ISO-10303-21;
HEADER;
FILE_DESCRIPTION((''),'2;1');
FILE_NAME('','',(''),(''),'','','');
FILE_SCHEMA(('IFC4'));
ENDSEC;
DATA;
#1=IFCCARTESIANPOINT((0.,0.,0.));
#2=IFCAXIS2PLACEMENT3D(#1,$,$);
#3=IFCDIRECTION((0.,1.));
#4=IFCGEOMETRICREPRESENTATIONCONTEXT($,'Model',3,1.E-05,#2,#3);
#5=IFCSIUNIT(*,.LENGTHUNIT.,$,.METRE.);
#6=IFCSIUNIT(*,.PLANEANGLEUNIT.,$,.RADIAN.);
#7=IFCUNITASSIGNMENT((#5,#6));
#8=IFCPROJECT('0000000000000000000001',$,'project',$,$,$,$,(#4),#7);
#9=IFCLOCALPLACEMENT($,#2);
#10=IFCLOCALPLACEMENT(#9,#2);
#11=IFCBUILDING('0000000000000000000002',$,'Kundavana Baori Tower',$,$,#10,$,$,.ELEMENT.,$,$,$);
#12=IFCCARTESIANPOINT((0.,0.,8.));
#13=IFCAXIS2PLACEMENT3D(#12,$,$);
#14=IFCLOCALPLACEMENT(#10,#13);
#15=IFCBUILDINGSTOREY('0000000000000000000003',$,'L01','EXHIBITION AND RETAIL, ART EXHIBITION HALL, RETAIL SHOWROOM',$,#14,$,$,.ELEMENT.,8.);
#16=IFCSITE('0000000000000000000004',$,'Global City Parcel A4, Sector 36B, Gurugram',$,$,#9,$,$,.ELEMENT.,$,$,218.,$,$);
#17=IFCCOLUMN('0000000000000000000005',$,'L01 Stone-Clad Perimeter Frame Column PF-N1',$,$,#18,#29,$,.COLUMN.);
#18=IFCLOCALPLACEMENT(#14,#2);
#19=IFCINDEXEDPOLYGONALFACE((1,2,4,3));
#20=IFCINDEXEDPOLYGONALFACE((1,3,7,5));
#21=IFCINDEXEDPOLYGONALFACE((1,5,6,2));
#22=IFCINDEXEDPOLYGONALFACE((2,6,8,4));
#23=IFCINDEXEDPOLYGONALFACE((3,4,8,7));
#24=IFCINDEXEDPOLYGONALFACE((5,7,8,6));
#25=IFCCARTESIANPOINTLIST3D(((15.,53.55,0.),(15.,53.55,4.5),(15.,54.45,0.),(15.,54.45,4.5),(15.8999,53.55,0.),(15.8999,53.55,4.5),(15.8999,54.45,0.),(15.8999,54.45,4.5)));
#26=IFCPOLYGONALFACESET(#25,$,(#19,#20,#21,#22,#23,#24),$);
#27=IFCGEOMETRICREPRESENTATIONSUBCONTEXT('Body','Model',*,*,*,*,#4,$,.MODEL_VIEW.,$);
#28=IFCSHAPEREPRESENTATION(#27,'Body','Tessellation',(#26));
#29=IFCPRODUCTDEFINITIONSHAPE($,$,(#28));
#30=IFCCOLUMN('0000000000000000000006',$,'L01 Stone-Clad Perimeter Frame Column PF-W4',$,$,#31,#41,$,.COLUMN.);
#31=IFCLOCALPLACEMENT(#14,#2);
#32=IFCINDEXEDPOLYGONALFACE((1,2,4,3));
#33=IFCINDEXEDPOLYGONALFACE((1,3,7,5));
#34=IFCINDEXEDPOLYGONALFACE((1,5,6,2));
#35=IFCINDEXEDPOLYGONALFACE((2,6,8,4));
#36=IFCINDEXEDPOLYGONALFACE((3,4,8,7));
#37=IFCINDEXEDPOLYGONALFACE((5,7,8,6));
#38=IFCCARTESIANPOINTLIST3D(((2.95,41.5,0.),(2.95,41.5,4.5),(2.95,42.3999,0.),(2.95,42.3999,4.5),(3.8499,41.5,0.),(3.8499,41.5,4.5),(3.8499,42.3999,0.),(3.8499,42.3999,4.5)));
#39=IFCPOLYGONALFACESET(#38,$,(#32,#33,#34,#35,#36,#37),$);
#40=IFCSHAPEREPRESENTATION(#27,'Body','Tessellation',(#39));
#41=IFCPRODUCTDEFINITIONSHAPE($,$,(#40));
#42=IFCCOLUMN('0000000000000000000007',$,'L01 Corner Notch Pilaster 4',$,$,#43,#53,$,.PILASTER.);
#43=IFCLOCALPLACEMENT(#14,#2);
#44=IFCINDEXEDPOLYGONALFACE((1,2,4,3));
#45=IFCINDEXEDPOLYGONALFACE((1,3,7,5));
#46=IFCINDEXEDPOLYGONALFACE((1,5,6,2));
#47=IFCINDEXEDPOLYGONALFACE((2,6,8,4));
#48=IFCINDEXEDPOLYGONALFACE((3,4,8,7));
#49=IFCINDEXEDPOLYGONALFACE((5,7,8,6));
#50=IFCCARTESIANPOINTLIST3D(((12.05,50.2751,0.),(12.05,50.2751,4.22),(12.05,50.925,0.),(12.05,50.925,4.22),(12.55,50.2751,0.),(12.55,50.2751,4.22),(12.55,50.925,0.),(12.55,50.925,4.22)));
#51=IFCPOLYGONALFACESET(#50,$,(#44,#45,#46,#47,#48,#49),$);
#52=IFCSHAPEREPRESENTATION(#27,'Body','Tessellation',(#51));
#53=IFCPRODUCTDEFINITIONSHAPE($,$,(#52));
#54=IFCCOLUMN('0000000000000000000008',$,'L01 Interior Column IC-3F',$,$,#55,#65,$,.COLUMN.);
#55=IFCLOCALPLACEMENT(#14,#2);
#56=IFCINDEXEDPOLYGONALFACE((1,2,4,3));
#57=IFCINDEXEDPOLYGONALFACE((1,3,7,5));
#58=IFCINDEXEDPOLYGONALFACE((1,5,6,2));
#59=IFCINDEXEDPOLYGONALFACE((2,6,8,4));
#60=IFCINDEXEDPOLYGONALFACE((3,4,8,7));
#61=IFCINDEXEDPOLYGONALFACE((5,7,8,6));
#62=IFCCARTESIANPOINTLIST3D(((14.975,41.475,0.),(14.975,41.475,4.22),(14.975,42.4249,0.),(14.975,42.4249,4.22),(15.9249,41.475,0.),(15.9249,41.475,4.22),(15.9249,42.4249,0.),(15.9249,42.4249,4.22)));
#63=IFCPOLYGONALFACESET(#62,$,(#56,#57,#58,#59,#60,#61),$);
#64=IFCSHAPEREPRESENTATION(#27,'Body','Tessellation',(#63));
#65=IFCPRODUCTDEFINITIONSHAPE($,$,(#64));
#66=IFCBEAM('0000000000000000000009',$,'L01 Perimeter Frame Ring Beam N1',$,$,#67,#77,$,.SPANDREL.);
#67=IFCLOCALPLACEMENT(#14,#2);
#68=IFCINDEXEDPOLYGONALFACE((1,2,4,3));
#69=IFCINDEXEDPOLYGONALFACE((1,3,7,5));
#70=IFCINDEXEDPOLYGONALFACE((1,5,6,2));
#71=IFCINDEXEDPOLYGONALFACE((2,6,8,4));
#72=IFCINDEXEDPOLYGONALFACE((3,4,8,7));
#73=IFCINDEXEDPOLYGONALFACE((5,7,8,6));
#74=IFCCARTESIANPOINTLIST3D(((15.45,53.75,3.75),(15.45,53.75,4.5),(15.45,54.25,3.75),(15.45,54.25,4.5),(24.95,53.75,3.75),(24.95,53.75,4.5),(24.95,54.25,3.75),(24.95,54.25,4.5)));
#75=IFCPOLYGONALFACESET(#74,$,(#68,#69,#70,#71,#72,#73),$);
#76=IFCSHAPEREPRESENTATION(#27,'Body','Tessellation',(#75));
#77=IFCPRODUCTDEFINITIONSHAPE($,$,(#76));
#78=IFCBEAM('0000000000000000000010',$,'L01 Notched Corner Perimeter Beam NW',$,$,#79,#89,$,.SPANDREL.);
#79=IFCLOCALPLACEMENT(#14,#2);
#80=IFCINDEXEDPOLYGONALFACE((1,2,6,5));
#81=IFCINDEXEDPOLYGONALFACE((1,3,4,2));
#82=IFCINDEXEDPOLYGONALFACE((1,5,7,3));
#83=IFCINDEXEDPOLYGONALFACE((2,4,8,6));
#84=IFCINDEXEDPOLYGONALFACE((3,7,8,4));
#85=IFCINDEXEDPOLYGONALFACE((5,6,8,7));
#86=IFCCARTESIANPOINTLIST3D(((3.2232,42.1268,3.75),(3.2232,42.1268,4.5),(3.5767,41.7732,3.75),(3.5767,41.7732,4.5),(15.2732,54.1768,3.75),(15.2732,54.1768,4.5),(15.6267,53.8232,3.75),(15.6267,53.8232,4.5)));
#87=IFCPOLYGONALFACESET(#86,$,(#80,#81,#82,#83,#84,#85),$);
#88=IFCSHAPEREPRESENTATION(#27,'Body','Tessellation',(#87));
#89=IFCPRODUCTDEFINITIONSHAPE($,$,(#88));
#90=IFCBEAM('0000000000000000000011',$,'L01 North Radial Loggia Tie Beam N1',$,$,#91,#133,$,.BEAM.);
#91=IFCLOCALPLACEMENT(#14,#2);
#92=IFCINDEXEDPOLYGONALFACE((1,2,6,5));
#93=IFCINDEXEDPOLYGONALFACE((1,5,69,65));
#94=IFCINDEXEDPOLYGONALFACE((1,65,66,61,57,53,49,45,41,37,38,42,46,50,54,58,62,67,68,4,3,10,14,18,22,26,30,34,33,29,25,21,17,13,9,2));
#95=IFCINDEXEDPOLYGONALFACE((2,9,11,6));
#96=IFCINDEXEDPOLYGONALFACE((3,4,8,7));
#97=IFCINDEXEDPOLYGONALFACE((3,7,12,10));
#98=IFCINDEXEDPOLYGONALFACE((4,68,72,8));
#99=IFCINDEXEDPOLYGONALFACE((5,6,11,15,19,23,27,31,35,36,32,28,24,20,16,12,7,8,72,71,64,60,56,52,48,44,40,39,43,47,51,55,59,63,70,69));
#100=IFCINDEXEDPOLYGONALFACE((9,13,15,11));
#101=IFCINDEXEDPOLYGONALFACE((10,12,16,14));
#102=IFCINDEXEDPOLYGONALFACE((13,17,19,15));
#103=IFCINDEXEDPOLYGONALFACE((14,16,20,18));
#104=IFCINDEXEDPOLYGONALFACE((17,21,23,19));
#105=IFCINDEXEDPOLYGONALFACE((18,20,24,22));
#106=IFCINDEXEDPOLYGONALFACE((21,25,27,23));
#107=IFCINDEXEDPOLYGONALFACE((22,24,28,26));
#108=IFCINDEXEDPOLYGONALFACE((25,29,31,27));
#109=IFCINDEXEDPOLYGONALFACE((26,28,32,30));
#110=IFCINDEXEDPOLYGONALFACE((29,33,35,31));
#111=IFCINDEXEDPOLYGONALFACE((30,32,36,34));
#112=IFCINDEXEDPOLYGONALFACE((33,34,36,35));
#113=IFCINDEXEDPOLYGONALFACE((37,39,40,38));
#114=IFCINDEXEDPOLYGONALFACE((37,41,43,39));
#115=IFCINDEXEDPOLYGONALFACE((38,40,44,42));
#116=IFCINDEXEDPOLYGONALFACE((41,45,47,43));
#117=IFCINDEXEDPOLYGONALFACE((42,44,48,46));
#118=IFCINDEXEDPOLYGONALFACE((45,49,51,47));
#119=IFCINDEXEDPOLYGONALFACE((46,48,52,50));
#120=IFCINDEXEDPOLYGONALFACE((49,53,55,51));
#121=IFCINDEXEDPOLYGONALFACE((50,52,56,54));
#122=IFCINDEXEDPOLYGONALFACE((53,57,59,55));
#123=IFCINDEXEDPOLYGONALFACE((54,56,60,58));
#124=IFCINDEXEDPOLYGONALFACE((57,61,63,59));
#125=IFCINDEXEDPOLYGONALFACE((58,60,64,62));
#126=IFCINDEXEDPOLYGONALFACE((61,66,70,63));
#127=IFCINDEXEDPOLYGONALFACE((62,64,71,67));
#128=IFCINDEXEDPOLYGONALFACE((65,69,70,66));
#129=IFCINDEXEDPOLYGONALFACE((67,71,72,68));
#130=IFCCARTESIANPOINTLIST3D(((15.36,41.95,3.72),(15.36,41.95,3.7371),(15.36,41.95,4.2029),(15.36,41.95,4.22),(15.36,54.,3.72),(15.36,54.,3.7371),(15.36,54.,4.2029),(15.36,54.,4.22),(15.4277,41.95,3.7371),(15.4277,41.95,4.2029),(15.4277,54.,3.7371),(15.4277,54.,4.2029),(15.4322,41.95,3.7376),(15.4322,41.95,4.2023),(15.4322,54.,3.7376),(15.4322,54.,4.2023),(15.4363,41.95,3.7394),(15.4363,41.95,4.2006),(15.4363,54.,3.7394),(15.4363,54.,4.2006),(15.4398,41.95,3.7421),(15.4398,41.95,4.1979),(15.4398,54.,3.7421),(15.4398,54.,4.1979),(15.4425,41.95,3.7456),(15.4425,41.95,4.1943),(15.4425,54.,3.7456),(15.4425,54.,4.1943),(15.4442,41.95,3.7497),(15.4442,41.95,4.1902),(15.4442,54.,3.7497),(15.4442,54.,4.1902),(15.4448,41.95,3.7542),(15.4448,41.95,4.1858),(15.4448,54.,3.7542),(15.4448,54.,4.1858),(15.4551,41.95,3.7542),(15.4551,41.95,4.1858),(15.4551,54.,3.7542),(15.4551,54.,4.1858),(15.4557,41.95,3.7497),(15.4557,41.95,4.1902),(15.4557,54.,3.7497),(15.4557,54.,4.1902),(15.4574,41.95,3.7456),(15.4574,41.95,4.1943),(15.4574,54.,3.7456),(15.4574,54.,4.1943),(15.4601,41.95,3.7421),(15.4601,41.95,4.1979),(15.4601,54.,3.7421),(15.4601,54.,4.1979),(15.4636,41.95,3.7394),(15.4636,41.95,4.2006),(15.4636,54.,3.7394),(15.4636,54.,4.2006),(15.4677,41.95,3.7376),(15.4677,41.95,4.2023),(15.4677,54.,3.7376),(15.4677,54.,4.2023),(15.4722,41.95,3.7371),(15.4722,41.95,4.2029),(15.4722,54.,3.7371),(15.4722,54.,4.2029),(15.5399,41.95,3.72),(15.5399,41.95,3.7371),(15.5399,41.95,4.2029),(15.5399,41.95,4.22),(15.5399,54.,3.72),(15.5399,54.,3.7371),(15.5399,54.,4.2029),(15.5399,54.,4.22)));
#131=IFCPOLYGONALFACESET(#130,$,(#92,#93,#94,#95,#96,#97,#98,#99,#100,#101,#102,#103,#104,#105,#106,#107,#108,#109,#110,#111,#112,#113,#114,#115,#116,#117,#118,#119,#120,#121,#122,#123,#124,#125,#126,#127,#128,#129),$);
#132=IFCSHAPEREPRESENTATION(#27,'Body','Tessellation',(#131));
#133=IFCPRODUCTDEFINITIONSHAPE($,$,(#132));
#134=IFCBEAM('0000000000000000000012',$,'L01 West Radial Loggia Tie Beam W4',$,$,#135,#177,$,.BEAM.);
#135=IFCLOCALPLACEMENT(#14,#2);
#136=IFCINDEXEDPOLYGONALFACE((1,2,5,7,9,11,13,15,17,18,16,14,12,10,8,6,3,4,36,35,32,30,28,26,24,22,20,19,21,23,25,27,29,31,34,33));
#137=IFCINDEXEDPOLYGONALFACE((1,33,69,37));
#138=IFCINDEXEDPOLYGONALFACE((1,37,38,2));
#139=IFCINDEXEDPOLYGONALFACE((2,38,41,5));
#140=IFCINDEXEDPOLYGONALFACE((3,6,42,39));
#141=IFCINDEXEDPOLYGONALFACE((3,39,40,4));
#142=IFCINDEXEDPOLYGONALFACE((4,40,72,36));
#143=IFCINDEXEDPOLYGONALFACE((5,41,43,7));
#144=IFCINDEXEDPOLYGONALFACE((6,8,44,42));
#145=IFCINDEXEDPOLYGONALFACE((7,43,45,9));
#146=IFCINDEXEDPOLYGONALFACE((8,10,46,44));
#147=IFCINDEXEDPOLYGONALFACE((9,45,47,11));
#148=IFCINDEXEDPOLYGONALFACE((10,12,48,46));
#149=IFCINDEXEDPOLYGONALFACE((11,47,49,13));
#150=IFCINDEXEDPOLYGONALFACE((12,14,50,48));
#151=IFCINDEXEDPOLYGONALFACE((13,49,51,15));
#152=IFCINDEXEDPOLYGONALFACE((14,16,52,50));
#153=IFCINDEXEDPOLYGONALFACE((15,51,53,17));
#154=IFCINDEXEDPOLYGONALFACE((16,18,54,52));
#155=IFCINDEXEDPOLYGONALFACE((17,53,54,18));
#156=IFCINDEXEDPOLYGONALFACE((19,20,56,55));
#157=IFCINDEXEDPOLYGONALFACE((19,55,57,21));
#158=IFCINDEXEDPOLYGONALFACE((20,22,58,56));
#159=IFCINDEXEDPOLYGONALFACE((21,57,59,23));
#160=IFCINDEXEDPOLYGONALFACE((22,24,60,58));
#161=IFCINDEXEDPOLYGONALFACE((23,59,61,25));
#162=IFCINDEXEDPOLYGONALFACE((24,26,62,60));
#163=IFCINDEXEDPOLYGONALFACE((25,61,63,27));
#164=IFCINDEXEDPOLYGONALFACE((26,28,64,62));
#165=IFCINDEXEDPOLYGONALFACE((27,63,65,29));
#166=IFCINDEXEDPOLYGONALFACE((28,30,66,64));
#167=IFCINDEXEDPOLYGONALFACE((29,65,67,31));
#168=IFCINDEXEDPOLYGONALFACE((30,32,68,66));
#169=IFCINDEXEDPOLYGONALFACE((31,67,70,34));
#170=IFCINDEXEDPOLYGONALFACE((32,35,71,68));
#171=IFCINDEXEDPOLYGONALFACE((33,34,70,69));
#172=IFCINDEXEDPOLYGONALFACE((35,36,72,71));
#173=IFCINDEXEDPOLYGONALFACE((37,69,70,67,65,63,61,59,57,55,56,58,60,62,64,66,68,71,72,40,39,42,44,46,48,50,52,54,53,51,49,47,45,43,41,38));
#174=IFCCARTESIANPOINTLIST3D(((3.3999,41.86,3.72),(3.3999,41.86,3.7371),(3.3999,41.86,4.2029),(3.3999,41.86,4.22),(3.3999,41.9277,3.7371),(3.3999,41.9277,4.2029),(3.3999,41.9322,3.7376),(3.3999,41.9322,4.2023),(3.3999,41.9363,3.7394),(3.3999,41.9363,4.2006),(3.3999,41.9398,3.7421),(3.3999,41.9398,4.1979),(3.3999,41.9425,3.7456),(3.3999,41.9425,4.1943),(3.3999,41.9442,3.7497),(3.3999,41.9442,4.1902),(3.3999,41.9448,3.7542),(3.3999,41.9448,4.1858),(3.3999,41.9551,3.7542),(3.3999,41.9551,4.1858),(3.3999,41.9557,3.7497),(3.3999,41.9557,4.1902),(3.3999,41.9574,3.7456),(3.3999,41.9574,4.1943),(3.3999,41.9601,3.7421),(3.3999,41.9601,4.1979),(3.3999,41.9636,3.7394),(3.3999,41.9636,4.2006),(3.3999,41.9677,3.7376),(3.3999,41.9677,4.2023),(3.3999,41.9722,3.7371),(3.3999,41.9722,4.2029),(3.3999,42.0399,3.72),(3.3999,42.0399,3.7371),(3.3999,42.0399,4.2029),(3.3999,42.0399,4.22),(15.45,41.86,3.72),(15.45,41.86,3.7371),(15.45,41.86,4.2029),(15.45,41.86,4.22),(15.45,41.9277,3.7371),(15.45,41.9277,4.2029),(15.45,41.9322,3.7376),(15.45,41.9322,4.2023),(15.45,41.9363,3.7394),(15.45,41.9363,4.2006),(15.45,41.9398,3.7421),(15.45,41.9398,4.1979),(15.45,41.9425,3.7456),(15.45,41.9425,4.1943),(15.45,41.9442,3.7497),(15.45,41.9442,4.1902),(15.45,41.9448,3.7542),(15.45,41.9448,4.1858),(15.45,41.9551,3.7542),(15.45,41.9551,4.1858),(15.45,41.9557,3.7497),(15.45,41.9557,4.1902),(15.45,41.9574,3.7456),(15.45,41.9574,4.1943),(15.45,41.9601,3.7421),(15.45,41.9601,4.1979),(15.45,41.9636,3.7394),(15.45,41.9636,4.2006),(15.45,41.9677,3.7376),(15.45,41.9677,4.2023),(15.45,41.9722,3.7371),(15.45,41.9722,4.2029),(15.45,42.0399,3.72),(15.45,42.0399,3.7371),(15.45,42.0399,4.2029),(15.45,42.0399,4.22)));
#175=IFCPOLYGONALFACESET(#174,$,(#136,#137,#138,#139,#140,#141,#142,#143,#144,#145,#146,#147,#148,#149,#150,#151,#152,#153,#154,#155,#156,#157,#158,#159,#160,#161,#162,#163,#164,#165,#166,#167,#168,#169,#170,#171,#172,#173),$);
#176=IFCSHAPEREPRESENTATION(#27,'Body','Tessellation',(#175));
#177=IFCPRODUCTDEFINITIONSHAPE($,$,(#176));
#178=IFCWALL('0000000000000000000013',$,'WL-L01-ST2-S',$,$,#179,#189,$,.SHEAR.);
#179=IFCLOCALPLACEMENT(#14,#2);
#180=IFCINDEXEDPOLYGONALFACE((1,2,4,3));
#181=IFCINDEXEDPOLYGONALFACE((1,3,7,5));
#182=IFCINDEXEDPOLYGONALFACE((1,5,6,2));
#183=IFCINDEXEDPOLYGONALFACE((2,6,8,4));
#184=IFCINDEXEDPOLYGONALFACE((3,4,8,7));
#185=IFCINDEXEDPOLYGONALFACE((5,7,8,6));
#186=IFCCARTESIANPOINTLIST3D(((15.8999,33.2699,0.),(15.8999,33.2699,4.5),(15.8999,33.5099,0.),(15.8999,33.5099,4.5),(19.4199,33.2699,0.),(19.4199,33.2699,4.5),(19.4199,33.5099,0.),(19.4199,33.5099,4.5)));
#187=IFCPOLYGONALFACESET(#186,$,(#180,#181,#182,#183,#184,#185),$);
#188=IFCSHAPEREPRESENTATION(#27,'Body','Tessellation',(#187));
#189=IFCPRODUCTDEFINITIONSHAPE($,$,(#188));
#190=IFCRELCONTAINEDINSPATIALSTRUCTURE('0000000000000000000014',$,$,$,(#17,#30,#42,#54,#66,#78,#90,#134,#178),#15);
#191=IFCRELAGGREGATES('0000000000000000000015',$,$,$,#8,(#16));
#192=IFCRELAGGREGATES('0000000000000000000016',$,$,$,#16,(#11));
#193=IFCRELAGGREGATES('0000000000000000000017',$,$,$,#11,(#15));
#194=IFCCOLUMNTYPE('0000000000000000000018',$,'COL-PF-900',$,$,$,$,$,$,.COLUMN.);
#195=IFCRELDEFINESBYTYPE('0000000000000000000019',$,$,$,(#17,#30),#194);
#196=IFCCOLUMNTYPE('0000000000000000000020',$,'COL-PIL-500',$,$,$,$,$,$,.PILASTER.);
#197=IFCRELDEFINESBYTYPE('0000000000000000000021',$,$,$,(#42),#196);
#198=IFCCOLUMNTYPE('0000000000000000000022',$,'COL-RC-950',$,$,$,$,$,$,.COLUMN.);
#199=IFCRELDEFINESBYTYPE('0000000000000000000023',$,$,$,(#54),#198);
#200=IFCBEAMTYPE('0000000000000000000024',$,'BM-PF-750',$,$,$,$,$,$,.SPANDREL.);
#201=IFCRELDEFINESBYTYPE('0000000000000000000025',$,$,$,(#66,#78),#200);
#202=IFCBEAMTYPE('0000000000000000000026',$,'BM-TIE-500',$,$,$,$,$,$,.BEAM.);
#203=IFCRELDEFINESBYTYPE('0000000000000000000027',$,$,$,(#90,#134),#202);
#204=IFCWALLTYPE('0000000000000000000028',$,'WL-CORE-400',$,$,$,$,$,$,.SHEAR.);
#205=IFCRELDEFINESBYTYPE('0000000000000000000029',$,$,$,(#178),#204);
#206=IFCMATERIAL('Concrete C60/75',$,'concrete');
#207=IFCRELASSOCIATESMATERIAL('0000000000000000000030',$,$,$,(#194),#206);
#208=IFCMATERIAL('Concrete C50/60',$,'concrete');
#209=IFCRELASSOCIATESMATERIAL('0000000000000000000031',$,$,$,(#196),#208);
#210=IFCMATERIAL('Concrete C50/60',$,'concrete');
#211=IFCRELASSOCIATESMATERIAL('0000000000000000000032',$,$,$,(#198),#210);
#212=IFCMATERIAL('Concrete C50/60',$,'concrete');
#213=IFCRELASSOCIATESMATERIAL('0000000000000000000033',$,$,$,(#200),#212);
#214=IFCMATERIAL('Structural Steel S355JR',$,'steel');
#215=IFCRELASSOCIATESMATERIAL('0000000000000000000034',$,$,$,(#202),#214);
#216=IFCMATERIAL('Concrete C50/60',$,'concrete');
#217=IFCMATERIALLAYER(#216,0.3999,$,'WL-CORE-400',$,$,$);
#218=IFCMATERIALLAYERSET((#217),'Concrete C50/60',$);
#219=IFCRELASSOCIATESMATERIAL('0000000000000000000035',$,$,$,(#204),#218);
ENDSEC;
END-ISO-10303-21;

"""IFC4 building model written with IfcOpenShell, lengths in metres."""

from ifc_helpers import new_model, si_unit, direction, frame, frame_2d, origin, origin_2d, place, context, subcontext, project, spatial, rectangle, i_section, extrude, material, layer, layer_set, material_profile, profile_set, type_object, element, save


model = new_model("IFC4")

# Units and contexts
model_context = context("Model", 3, precision=1e-05, world=origin(), true_north=direction((0.0, 1.0)))
body_context = subcontext(model_context, "Body", "Model", "MODEL_VIEW")
ifc_project = project(units=[si_unit("LENGTHUNIT", "METRE"), si_unit("PLANEANGLEUNIT", "RADIAN")], contexts=[model_context])

# Site, building, storey
site_placement = place(None, origin())
site = spatial("IfcSite", under=ifc_project, at=site_placement, Name="Global City Parcel A4, Sector 36B, Gurugram", CompositionType="ELEMENT", RefElevation=218.0)
building_placement = place(site_placement, origin())
building = spatial("IfcBuilding", under=site, at=building_placement, Name="Kundavana Baori Tower", CompositionType="ELEMENT")
storey_placement = place(building_placement, frame((0.0, 0.0, 8.0)))
storey = spatial("IfcBuildingStorey", under=building, at=storey_placement, Name="L01", Description="EXHIBITION AND RETAIL, ART EXHIBITION HALL, RETAIL SHOWROOM", CompositionType="ELEMENT", Elevation=8.0)

# Columns
ifc_material_1 = material(Name="Concrete C60/75", Category="concrete")
ifc_material_profile_1 = material_profile(ifc_material_1, rectangle(XDim=0.8999, YDim=0.8999, at=origin_2d()), Name="RC PF 900x900")
ifc_profile_set_1 = profile_set([ifc_material_profile_1], Name="Concrete C60/75")
column_type_1 = type_object("IfcColumnType", Name="COL-PF-900", PredefinedType="COLUMN", material=ifc_profile_set_1)
for number, where, z_axis, x_axis, name in (
    (1, (15.45, 54.0, 0.0), (0.0, 0.0, 1.0), (1.0, 0.0, 0.0), "L01 Stone-Clad Perimeter Frame Column PF-N1"),
    (2, (3.3999, 41.95, 0.0), (0.0, 0.0, 1.0), (1.0, 0.0, 0.0), "L01 Stone-Clad Perimeter Frame Column PF-W4"),
):
    element("IfcColumn", number, at=place(storey_placement, frame(where, z_axis=z_axis, x_axis=x_axis)), inside=storey, type_object=column_type_1, Name=name, PredefinedType="COLUMN", context=body_context, shape_type="SweptSolid", body=[
        extrude(rectangle(XDim=0.8999, YDim=0.8999, at=origin_2d()), origin(), (0.0, 0.0, 1.0), 4.5),
    ])
ifc_material_2 = material(Name="Concrete C50/60", Category="concrete")
ifc_material_profile_2 = material_profile(ifc_material_2, rectangle(XDim=0.5, YDim=0.6499, at=origin_2d()), Name="RC PIL 500x650")
ifc_profile_set_2 = profile_set([ifc_material_profile_2], Name="Concrete C50/60")
column_type_2 = type_object("IfcColumnType", Name="COL-PIL-500", PredefinedType="PILASTER", material=ifc_profile_set_2)
column_1_placement = place(storey_placement, frame((12.3, 50.6001, 0.0), z_axis=(0.0, 0.0, 1.0), x_axis=(1.0, 0.0, 0.0)))
element("IfcColumn", 3, at=column_1_placement, inside=storey, type_object=column_type_2, Name="L01 Corner Notch Pilaster 4", PredefinedType="PILASTER", context=body_context, shape_type="SweptSolid", body=[
    extrude(rectangle(XDim=0.5, YDim=0.6499, at=origin_2d()), origin(), (0.0, 0.0, 1.0), 4.22),
])
ifc_material_3 = material(Name="Concrete C50/60", Category="concrete")
ifc_material_profile_3 = material_profile(ifc_material_3, rectangle(XDim=0.95, YDim=0.95, at=origin_2d()), Name="RC 950x950")
ifc_profile_set_3 = profile_set([ifc_material_profile_3], Name="Concrete C50/60")
column_type_3 = type_object("IfcColumnType", Name="COL-RC-950", PredefinedType="COLUMN", material=ifc_profile_set_3)
column_2_placement = place(storey_placement, frame((15.45, 41.95, 0.0), z_axis=(0.0, 0.0, 1.0), x_axis=(1.0, 0.0, 0.0)))
element("IfcColumn", 4, at=column_2_placement, inside=storey, type_object=column_type_3, Name="L01 Interior Column IC-3F", PredefinedType="COLUMN", context=body_context, shape_type="SweptSolid", body=[
    extrude(rectangle(XDim=0.95, YDim=0.95, at=origin_2d()), origin(), (0.0, 0.0, 1.0), 4.22),
])

# Beams
ifc_material_4 = material(Name="Concrete C50/60", Category="concrete")
ifc_material_profile_4 = material_profile(ifc_material_4, rectangle(XDim=0.5, YDim=0.75, at=origin_2d()), Name="RC BM 500x750")
ifc_profile_set_4 = profile_set([ifc_material_profile_4], Name="Concrete C50/60")
beam_type_1 = type_object("IfcBeamType", Name="BM-PF-750", PredefinedType="SPANDREL", material=ifc_profile_set_4)
beam_1_placement = place(storey_placement, frame((15.45, 54.0, 4.125), z_axis=(1.0, 0.0, 0.0), x_axis=(0.0, 1.0, 0.0)))
element("IfcBeam", 5, at=beam_1_placement, inside=storey, type_object=beam_type_1, Name="L01 Perimeter Frame Ring Beam N1", PredefinedType="SPANDREL", context=body_context, shape_type="SweptSolid", body=[
    extrude(rectangle(XDim=0.5, YDim=0.75, at=origin_2d()), origin(), (0.0, 0.0, 1.0), 9.5),
])
beam_2_placement = place(storey_placement, frame((15.45, 54.0, 4.125), z_axis=(-0.707107, -0.707107, 0.0), x_axis=(0.707107, -0.707107, 0.0)))
element("IfcBeam", 6, at=beam_2_placement, inside=storey, type_object=beam_type_1, Name="L01 Notched Corner Perimeter Beam NW", PredefinedType="SPANDREL", context=body_context, shape_type="SweptSolid", body=[
    extrude(rectangle(XDim=0.5, YDim=0.75, at=origin_2d()), origin(), (0.0, 0.0, 1.0), 17.0413),
])
ifc_material_5 = material(Name="Structural Steel S355JR", Category="steel")
ifc_material_profile_5 = material_profile(ifc_material_5, i_section(OverallWidth=0.1799, OverallDepth=0.5, WebThickness=0.0103, FlangeThickness=0.0171, FilletRadius=0.0171, at=origin_2d()), Name="ISMB 500")
ifc_profile_set_5 = profile_set([ifc_material_profile_5], Name="Structural Steel S355JR")
beam_type_2 = type_object("IfcBeamType", Name="BM-TIE-500", PredefinedType="BEAM", material=ifc_profile_set_5)
for number, where, z_axis, x_axis, name in (
    (7, (15.45, 41.95, 3.97), (0.0, 1.0, 0.0), (-1.0, 0.0, 0.0), "L01 North Radial Loggia Tie Beam N1"),
    (8, (15.45, 41.95, 3.97), (-1.0, 0.0, 0.0), (0.0, -1.0, 0.0), "L01 West Radial Loggia Tie Beam W4"),
):
    element("IfcBeam", number, at=place(storey_placement, frame(where, z_axis=z_axis, x_axis=x_axis)), inside=storey, type_object=beam_type_2, Name=name, PredefinedType="BEAM", context=body_context, shape_type="SweptSolid", body=[
        extrude(i_section(OverallWidth=0.1799, OverallDepth=0.5, WebThickness=0.0103, FlangeThickness=0.0171, FilletRadius=0.0171, at=origin_2d()), origin(), (0.0, 0.0, 1.0), 12.05),
    ])

# Wall
ifc_material_6 = material(Name="Concrete C50/60", Category="concrete")
ifc_layer_1 = layer(ifc_material_6, 0.3999, Name="WL-CORE-400")
ifc_layer_set_1 = layer_set([ifc_layer_1], Name="Concrete C50/60")
wall_type_1 = type_object("IfcWallType", Name="WL-CORE-400", PredefinedType="SHEAR", material=ifc_layer_set_1)
wall_1_placement = place(storey_placement, frame((15.8999, 33.3899, 0.0), z_axis=(0.0, 0.0, 1.0), x_axis=(1.0, 0.0, 0.0)))
element("IfcWall", 9, at=wall_1_placement, inside=storey, type_object=wall_type_1, Name="WL-L01-ST2-S", PredefinedType="SHEAR", context=body_context, shape_type="SweptSolid", body=[
    extrude(rectangle(XDim=3.52, YDim=0.24, at=frame_2d((1.76, 0.0))), origin(), (0.0, 0.0, 1.0), 4.5),
])

save(model, "model.ifc")
